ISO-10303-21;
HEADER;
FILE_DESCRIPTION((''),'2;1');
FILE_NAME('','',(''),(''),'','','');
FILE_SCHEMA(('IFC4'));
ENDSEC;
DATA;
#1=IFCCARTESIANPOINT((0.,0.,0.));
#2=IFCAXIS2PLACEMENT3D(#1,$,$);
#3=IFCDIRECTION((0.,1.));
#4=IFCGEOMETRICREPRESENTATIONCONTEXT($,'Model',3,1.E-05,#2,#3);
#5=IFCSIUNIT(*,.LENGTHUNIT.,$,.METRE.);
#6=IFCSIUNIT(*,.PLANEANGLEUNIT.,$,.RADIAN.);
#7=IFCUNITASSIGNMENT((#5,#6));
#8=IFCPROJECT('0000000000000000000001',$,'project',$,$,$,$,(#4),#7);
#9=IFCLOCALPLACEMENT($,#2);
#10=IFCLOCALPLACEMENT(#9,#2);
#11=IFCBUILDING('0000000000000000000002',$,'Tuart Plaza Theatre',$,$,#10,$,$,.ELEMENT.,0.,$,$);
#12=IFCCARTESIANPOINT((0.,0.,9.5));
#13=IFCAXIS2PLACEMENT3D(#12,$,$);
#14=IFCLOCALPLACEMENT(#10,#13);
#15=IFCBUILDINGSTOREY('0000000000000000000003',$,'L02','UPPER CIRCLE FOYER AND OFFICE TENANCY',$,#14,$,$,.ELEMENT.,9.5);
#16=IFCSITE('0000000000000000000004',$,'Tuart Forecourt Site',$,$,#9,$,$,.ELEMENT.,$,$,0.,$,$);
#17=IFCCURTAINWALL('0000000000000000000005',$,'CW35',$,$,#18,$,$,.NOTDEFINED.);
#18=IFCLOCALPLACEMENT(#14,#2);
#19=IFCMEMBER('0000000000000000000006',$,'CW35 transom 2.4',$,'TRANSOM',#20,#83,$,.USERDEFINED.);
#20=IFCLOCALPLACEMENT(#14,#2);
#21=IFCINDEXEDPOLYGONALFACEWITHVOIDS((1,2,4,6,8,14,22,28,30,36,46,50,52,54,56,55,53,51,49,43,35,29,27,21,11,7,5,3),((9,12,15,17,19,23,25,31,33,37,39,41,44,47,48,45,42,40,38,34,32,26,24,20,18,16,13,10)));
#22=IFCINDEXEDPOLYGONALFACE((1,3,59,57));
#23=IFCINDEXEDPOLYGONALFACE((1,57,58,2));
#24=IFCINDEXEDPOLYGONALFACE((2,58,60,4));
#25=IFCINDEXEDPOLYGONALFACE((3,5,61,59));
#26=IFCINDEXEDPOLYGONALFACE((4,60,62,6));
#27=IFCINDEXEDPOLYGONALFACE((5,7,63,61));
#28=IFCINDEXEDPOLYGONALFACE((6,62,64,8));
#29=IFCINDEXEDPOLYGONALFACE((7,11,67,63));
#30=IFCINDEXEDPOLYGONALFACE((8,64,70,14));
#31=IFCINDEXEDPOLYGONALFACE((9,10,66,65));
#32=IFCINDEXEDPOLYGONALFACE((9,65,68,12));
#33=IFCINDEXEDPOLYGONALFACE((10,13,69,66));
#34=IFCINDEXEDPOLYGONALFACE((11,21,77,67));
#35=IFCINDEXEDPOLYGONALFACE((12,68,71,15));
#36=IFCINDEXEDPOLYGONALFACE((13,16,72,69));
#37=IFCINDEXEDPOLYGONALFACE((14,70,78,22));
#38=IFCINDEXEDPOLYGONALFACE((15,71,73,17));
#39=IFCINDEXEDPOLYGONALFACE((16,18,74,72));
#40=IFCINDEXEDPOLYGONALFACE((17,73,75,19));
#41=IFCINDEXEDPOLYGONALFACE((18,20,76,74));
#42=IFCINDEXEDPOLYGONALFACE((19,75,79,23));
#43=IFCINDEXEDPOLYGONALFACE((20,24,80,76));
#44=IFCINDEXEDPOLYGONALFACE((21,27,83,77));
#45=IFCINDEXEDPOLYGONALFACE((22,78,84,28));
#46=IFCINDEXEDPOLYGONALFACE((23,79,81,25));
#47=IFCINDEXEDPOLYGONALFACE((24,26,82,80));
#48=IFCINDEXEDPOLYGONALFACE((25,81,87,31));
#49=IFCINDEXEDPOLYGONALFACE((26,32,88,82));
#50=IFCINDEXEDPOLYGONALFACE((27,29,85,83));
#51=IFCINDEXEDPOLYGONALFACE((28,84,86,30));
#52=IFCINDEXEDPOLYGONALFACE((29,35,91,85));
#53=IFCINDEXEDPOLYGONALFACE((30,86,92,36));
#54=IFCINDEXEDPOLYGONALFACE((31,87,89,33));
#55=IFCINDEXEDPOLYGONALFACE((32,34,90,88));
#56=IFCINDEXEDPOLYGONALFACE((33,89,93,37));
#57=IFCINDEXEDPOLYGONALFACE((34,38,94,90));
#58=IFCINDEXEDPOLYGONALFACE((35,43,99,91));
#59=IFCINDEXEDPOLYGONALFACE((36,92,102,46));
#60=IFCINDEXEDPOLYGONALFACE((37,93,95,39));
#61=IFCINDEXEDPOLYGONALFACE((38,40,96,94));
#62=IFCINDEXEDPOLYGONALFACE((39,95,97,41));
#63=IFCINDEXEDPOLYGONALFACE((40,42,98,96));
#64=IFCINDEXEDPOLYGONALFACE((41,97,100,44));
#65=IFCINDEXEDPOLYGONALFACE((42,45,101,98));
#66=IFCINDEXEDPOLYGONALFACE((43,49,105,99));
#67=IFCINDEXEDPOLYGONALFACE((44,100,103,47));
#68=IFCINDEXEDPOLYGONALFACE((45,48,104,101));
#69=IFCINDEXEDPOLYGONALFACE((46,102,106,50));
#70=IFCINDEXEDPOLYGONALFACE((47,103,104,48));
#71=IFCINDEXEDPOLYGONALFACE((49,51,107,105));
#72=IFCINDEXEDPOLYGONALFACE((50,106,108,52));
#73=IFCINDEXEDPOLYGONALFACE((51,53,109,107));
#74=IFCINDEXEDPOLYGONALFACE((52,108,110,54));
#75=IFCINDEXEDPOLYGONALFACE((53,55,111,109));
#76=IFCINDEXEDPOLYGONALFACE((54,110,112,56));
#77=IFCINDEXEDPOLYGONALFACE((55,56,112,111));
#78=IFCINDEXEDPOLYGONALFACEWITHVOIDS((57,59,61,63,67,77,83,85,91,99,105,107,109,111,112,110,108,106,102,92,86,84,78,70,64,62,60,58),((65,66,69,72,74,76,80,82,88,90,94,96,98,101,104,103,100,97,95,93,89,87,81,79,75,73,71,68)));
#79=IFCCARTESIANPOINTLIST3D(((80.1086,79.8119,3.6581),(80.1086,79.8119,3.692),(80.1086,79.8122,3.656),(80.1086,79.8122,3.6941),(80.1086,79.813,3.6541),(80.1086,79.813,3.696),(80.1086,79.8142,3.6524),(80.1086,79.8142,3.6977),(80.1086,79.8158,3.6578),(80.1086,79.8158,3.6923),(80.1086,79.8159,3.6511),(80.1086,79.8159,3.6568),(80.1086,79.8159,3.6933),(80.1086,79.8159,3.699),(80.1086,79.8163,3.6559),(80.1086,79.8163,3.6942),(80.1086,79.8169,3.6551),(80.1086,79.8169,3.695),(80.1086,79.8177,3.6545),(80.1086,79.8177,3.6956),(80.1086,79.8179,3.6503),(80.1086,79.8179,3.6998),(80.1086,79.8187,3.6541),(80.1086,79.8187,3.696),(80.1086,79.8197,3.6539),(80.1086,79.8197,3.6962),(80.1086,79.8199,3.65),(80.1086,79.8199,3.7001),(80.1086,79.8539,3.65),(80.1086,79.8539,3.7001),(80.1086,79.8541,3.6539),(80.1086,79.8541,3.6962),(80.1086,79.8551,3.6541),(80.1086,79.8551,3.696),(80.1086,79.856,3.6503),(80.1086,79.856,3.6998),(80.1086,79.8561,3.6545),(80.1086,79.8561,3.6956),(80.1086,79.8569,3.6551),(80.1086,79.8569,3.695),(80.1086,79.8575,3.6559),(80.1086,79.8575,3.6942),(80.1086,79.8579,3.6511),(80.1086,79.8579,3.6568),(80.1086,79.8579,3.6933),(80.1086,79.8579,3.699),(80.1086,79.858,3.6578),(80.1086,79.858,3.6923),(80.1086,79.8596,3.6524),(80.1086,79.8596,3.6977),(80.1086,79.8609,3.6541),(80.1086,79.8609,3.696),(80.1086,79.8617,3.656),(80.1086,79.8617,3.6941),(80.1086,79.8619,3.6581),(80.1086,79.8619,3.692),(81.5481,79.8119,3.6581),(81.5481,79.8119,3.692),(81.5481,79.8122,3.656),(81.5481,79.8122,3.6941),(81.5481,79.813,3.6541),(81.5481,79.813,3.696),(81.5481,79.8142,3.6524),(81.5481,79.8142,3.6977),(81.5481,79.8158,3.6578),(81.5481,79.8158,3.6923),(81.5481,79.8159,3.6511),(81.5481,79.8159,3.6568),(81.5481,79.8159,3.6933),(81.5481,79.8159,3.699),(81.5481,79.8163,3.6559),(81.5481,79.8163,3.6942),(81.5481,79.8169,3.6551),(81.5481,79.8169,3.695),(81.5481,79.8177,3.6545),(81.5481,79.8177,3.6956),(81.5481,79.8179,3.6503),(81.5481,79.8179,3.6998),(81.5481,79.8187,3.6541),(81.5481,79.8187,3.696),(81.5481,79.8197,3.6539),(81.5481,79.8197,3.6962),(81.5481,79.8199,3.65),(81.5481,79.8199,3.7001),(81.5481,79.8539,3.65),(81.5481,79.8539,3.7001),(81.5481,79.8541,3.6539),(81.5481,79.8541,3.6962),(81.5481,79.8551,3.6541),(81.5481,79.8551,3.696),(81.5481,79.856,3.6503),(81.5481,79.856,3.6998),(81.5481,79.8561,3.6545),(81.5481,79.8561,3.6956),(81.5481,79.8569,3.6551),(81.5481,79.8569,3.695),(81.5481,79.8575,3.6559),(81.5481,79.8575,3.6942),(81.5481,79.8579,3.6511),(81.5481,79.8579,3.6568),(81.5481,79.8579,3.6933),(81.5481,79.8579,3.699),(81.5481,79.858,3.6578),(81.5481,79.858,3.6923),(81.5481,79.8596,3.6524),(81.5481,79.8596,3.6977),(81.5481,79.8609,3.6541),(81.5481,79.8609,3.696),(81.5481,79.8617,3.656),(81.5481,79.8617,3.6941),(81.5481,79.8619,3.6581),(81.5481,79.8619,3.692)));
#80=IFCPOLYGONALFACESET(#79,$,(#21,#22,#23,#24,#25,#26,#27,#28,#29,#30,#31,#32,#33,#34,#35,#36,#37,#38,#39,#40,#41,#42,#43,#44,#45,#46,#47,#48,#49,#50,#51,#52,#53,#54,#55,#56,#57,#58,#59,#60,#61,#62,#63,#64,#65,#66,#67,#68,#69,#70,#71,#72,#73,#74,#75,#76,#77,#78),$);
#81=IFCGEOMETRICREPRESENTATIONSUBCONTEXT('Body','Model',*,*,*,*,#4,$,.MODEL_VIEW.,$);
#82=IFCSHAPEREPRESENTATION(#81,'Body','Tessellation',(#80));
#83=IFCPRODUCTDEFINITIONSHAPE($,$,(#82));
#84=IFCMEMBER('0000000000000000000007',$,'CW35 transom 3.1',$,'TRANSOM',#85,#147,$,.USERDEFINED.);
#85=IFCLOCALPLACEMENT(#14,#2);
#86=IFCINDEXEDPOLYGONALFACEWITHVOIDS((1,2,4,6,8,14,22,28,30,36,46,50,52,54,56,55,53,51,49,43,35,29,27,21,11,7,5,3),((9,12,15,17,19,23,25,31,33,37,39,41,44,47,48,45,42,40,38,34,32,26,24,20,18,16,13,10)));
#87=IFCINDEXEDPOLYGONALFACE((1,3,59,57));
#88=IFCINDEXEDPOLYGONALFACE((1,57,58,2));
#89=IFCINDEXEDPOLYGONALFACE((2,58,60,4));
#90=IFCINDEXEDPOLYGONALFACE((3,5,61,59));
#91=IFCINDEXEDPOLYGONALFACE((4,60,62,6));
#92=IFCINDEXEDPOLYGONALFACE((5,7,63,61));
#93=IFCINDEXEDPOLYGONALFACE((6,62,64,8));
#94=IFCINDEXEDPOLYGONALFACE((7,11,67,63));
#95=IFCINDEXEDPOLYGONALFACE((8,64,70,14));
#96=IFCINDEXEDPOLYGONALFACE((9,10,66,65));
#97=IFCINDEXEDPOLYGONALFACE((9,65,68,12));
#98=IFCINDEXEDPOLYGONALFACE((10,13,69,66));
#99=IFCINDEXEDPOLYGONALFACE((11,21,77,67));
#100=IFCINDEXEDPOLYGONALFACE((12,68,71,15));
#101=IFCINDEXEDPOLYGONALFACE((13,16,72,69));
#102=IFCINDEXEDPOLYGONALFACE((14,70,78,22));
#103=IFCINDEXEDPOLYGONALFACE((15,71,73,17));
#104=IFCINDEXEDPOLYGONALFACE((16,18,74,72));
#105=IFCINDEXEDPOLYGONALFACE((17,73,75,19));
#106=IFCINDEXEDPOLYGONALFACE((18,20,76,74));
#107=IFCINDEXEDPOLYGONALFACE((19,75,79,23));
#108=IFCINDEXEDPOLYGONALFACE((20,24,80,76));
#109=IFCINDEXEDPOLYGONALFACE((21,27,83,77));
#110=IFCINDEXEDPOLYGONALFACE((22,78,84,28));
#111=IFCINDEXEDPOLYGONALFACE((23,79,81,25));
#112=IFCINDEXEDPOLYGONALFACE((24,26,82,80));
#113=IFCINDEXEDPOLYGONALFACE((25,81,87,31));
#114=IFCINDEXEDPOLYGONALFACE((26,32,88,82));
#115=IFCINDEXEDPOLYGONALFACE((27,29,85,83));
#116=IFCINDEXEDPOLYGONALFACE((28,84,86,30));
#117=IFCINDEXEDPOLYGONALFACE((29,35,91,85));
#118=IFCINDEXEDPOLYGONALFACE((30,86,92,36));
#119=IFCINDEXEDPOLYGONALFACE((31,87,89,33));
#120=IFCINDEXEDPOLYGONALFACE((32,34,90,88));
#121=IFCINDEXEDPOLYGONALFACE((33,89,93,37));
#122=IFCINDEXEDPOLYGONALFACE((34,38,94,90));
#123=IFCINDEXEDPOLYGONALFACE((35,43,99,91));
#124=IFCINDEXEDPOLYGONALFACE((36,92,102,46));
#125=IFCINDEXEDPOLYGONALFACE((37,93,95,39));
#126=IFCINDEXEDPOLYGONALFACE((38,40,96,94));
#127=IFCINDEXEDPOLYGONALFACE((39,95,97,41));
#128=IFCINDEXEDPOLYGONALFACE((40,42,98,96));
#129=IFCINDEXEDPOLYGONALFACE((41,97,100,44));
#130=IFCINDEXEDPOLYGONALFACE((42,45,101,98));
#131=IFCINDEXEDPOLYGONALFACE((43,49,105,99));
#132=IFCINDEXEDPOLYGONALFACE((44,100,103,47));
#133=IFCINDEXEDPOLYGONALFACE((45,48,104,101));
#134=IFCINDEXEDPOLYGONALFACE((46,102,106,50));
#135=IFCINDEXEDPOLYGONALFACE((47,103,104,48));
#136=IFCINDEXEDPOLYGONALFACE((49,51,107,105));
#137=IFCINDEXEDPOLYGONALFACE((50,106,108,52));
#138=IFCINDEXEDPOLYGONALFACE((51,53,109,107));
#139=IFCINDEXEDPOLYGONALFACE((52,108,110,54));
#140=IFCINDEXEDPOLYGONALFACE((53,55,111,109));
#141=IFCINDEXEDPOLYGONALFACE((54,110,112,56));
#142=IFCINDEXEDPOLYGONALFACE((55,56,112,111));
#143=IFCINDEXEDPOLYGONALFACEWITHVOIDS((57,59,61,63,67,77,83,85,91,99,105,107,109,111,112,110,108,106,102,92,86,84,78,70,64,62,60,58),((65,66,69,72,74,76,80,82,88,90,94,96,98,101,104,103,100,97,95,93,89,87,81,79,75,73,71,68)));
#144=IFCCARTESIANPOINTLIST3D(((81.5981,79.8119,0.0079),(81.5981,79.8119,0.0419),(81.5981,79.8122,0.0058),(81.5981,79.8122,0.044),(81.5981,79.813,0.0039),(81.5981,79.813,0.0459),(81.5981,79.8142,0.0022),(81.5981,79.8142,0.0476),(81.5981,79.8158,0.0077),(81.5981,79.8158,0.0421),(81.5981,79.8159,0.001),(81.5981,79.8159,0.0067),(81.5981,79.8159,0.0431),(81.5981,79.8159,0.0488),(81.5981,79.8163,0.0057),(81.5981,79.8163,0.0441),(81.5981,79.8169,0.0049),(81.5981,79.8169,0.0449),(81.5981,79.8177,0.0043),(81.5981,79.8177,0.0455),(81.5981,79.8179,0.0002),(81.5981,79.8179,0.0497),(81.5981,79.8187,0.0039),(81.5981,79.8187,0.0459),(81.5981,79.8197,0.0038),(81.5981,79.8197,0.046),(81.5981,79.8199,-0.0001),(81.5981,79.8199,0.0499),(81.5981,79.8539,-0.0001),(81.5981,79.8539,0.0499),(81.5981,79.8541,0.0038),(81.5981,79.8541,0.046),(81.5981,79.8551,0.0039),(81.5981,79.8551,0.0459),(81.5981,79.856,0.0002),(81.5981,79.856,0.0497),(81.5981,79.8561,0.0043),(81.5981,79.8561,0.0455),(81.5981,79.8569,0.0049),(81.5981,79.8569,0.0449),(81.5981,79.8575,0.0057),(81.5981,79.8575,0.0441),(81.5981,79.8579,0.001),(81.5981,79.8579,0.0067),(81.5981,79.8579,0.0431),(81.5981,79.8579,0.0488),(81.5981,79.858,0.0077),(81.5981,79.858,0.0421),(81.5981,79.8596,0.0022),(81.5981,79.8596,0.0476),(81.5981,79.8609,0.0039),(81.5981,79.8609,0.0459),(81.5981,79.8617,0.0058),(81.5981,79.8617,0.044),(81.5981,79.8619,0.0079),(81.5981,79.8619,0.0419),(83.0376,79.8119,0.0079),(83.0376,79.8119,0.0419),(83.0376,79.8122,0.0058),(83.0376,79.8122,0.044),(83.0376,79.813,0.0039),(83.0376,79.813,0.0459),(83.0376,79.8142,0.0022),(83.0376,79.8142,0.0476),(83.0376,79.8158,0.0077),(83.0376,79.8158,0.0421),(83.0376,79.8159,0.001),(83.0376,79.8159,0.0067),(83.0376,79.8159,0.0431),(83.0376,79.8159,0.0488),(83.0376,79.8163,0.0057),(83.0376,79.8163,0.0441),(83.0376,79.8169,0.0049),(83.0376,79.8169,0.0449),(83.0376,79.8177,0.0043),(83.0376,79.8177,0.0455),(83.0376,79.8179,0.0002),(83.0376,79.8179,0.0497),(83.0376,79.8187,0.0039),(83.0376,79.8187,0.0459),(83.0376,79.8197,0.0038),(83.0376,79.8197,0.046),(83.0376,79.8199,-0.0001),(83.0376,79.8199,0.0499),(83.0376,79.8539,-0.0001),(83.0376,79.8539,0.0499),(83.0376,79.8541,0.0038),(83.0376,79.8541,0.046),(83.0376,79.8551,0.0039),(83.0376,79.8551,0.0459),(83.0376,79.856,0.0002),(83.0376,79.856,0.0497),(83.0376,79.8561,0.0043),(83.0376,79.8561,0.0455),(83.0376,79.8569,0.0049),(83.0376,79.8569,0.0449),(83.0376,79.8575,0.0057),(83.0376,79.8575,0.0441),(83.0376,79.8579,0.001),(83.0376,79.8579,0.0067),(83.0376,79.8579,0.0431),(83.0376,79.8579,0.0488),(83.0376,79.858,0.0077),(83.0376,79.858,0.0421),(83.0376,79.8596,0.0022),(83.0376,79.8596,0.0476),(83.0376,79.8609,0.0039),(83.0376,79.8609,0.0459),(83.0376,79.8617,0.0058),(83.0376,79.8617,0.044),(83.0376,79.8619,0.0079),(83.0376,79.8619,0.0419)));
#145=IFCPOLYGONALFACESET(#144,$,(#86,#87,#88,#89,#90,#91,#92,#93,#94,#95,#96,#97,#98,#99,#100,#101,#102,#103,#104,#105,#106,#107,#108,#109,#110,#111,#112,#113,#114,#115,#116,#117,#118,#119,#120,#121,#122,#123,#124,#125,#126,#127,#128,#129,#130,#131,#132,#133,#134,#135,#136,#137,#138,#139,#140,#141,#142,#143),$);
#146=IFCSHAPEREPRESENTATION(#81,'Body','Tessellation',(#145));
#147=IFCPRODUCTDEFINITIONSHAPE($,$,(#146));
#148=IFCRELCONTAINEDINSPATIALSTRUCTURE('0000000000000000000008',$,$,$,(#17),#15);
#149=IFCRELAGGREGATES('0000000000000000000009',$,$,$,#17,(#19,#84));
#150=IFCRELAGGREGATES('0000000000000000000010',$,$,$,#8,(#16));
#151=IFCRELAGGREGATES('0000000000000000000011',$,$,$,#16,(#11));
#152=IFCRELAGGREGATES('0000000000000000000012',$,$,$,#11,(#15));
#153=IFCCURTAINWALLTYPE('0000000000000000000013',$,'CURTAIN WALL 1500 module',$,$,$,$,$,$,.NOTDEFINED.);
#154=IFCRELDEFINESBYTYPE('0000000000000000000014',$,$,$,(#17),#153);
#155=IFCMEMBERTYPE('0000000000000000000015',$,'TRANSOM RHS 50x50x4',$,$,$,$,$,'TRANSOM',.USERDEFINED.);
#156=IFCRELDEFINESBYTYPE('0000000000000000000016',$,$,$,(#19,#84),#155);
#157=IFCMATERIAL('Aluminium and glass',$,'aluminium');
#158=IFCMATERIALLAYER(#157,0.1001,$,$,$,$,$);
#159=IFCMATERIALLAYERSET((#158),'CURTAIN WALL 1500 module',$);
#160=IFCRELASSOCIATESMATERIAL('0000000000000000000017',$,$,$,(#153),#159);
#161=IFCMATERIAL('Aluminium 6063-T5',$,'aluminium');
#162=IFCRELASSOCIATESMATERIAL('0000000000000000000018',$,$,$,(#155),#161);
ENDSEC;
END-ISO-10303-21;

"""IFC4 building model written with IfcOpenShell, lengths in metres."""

from ifc_helpers import new_model, si_unit, direction, frame, origin, origin_2d, place, context, subcontext, project, spatial, hollow_rectangle, extrude, material, layer, layer_set, material_profile, profile_set, type_object, element, aggregate, save


model = new_model("IFC4")

# Units and contexts
model_context = context("Model", 3, precision=1e-05, world=origin(), true_north=direction((0.0, 1.0)))
body_context = subcontext(model_context, "Body", "Model", "MODEL_VIEW")
ifc_project = project(units=[si_unit("LENGTHUNIT", "METRE"), si_unit("PLANEANGLEUNIT", "RADIAN")], contexts=[model_context])

# Site, building, storey
site_placement = place(None, origin())
site = spatial("IfcSite", under=ifc_project, at=site_placement, Name="Tuart Forecourt Site", CompositionType="ELEMENT", RefElevation=0.0)
building_placement = place(site_placement, origin())
building = spatial("IfcBuilding", under=site, at=building_placement, Name="Tuart Plaza Theatre", CompositionType="ELEMENT", ElevationOfRefHeight=0.0)
storey_placement = place(building_placement, frame((0.0, 0.0, 9.5)))
storey = spatial("IfcBuildingStorey", under=building, at=storey_placement, Name="L02", Description="UPPER CIRCLE FOYER AND OFFICE TENANCY", CompositionType="ELEMENT", Elevation=9.5)

# Curtain wall, members
ifc_material_1 = material(Name="Aluminium and glass", Category="aluminium")
ifc_layer_1 = layer(ifc_material_1, 0.1001)
ifc_layer_set_1 = layer_set([ifc_layer_1], Name="CURTAIN WALL 1500 module")
curtain_wall_type = type_object("IfcCurtainWallType", Name="CURTAIN WALL 1500 module", PredefinedType="NOTDEFINED", material=ifc_layer_set_1)
curtain_wall_placement = place(storey_placement, origin())
curtain_wall = element("IfcCurtainWall", 1, at=curtain_wall_placement, inside=storey, type_object=curtain_wall_type, Name="CW35", PredefinedType="NOTDEFINED")
ifc_material_2 = material(Name="Aluminium 6063-T5", Category="aluminium")
ifc_material_profile_1 = material_profile(ifc_material_2, hollow_rectangle(XDim=0.05, YDim=0.05, WallThickness=0.0039, InnerFilletRadius=0.0039, OuterFilletRadius=0.0081, at=origin_2d()), Name="RHS 50x50x4")
ifc_profile_set_1 = profile_set([ifc_material_profile_1], Name="Aluminium 6063-T5")
member_type_1 = type_object("IfcMemberType", Name="TRANSOM RHS 50x50x4", ElementType="TRANSOM", PredefinedType="USERDEFINED", material=ifc_profile_set_1)
member_1_placement = place(storey_placement, frame((80.1086, 79.8369, 3.675), z_axis=(1.0, 0.0, 0.0), x_axis=(0.0, 1.0, 0.0)))
member_1 = element("IfcMember", 2, at=member_1_placement, type_object=member_type_1, Name="CW35 transom 2.4", ObjectType="TRANSOM", PredefinedType="USERDEFINED", context=body_context, shape_type="SweptSolid", body=[
    extrude(hollow_rectangle(XDim=0.05, YDim=0.05, WallThickness=0.0039, InnerFilletRadius=0.0039, OuterFilletRadius=0.0081, at=origin_2d()), origin(), (0.0, 0.0, 1.0), 1.4395),
])
member_2_placement = place(storey_placement, frame((81.5981, 79.8369, 0.0249), z_axis=(1.0, 0.0, 0.0), x_axis=(0.0, 1.0, 0.0)))
member_2 = element("IfcMember", 3, at=member_2_placement, type_object=member_type_1, Name="CW35 transom 3.1", ObjectType="TRANSOM", PredefinedType="USERDEFINED", context=body_context, shape_type="SweptSolid", body=[
    extrude(hollow_rectangle(XDim=0.05, YDim=0.05, WallThickness=0.0039, InnerFilletRadius=0.0039, OuterFilletRadius=0.0081, at=origin_2d()), origin(), (0.0, 0.0, 1.0), 1.4395),
])
aggregate(curtain_wall, [member_1, member_2])

save(model, "model.ifc")
